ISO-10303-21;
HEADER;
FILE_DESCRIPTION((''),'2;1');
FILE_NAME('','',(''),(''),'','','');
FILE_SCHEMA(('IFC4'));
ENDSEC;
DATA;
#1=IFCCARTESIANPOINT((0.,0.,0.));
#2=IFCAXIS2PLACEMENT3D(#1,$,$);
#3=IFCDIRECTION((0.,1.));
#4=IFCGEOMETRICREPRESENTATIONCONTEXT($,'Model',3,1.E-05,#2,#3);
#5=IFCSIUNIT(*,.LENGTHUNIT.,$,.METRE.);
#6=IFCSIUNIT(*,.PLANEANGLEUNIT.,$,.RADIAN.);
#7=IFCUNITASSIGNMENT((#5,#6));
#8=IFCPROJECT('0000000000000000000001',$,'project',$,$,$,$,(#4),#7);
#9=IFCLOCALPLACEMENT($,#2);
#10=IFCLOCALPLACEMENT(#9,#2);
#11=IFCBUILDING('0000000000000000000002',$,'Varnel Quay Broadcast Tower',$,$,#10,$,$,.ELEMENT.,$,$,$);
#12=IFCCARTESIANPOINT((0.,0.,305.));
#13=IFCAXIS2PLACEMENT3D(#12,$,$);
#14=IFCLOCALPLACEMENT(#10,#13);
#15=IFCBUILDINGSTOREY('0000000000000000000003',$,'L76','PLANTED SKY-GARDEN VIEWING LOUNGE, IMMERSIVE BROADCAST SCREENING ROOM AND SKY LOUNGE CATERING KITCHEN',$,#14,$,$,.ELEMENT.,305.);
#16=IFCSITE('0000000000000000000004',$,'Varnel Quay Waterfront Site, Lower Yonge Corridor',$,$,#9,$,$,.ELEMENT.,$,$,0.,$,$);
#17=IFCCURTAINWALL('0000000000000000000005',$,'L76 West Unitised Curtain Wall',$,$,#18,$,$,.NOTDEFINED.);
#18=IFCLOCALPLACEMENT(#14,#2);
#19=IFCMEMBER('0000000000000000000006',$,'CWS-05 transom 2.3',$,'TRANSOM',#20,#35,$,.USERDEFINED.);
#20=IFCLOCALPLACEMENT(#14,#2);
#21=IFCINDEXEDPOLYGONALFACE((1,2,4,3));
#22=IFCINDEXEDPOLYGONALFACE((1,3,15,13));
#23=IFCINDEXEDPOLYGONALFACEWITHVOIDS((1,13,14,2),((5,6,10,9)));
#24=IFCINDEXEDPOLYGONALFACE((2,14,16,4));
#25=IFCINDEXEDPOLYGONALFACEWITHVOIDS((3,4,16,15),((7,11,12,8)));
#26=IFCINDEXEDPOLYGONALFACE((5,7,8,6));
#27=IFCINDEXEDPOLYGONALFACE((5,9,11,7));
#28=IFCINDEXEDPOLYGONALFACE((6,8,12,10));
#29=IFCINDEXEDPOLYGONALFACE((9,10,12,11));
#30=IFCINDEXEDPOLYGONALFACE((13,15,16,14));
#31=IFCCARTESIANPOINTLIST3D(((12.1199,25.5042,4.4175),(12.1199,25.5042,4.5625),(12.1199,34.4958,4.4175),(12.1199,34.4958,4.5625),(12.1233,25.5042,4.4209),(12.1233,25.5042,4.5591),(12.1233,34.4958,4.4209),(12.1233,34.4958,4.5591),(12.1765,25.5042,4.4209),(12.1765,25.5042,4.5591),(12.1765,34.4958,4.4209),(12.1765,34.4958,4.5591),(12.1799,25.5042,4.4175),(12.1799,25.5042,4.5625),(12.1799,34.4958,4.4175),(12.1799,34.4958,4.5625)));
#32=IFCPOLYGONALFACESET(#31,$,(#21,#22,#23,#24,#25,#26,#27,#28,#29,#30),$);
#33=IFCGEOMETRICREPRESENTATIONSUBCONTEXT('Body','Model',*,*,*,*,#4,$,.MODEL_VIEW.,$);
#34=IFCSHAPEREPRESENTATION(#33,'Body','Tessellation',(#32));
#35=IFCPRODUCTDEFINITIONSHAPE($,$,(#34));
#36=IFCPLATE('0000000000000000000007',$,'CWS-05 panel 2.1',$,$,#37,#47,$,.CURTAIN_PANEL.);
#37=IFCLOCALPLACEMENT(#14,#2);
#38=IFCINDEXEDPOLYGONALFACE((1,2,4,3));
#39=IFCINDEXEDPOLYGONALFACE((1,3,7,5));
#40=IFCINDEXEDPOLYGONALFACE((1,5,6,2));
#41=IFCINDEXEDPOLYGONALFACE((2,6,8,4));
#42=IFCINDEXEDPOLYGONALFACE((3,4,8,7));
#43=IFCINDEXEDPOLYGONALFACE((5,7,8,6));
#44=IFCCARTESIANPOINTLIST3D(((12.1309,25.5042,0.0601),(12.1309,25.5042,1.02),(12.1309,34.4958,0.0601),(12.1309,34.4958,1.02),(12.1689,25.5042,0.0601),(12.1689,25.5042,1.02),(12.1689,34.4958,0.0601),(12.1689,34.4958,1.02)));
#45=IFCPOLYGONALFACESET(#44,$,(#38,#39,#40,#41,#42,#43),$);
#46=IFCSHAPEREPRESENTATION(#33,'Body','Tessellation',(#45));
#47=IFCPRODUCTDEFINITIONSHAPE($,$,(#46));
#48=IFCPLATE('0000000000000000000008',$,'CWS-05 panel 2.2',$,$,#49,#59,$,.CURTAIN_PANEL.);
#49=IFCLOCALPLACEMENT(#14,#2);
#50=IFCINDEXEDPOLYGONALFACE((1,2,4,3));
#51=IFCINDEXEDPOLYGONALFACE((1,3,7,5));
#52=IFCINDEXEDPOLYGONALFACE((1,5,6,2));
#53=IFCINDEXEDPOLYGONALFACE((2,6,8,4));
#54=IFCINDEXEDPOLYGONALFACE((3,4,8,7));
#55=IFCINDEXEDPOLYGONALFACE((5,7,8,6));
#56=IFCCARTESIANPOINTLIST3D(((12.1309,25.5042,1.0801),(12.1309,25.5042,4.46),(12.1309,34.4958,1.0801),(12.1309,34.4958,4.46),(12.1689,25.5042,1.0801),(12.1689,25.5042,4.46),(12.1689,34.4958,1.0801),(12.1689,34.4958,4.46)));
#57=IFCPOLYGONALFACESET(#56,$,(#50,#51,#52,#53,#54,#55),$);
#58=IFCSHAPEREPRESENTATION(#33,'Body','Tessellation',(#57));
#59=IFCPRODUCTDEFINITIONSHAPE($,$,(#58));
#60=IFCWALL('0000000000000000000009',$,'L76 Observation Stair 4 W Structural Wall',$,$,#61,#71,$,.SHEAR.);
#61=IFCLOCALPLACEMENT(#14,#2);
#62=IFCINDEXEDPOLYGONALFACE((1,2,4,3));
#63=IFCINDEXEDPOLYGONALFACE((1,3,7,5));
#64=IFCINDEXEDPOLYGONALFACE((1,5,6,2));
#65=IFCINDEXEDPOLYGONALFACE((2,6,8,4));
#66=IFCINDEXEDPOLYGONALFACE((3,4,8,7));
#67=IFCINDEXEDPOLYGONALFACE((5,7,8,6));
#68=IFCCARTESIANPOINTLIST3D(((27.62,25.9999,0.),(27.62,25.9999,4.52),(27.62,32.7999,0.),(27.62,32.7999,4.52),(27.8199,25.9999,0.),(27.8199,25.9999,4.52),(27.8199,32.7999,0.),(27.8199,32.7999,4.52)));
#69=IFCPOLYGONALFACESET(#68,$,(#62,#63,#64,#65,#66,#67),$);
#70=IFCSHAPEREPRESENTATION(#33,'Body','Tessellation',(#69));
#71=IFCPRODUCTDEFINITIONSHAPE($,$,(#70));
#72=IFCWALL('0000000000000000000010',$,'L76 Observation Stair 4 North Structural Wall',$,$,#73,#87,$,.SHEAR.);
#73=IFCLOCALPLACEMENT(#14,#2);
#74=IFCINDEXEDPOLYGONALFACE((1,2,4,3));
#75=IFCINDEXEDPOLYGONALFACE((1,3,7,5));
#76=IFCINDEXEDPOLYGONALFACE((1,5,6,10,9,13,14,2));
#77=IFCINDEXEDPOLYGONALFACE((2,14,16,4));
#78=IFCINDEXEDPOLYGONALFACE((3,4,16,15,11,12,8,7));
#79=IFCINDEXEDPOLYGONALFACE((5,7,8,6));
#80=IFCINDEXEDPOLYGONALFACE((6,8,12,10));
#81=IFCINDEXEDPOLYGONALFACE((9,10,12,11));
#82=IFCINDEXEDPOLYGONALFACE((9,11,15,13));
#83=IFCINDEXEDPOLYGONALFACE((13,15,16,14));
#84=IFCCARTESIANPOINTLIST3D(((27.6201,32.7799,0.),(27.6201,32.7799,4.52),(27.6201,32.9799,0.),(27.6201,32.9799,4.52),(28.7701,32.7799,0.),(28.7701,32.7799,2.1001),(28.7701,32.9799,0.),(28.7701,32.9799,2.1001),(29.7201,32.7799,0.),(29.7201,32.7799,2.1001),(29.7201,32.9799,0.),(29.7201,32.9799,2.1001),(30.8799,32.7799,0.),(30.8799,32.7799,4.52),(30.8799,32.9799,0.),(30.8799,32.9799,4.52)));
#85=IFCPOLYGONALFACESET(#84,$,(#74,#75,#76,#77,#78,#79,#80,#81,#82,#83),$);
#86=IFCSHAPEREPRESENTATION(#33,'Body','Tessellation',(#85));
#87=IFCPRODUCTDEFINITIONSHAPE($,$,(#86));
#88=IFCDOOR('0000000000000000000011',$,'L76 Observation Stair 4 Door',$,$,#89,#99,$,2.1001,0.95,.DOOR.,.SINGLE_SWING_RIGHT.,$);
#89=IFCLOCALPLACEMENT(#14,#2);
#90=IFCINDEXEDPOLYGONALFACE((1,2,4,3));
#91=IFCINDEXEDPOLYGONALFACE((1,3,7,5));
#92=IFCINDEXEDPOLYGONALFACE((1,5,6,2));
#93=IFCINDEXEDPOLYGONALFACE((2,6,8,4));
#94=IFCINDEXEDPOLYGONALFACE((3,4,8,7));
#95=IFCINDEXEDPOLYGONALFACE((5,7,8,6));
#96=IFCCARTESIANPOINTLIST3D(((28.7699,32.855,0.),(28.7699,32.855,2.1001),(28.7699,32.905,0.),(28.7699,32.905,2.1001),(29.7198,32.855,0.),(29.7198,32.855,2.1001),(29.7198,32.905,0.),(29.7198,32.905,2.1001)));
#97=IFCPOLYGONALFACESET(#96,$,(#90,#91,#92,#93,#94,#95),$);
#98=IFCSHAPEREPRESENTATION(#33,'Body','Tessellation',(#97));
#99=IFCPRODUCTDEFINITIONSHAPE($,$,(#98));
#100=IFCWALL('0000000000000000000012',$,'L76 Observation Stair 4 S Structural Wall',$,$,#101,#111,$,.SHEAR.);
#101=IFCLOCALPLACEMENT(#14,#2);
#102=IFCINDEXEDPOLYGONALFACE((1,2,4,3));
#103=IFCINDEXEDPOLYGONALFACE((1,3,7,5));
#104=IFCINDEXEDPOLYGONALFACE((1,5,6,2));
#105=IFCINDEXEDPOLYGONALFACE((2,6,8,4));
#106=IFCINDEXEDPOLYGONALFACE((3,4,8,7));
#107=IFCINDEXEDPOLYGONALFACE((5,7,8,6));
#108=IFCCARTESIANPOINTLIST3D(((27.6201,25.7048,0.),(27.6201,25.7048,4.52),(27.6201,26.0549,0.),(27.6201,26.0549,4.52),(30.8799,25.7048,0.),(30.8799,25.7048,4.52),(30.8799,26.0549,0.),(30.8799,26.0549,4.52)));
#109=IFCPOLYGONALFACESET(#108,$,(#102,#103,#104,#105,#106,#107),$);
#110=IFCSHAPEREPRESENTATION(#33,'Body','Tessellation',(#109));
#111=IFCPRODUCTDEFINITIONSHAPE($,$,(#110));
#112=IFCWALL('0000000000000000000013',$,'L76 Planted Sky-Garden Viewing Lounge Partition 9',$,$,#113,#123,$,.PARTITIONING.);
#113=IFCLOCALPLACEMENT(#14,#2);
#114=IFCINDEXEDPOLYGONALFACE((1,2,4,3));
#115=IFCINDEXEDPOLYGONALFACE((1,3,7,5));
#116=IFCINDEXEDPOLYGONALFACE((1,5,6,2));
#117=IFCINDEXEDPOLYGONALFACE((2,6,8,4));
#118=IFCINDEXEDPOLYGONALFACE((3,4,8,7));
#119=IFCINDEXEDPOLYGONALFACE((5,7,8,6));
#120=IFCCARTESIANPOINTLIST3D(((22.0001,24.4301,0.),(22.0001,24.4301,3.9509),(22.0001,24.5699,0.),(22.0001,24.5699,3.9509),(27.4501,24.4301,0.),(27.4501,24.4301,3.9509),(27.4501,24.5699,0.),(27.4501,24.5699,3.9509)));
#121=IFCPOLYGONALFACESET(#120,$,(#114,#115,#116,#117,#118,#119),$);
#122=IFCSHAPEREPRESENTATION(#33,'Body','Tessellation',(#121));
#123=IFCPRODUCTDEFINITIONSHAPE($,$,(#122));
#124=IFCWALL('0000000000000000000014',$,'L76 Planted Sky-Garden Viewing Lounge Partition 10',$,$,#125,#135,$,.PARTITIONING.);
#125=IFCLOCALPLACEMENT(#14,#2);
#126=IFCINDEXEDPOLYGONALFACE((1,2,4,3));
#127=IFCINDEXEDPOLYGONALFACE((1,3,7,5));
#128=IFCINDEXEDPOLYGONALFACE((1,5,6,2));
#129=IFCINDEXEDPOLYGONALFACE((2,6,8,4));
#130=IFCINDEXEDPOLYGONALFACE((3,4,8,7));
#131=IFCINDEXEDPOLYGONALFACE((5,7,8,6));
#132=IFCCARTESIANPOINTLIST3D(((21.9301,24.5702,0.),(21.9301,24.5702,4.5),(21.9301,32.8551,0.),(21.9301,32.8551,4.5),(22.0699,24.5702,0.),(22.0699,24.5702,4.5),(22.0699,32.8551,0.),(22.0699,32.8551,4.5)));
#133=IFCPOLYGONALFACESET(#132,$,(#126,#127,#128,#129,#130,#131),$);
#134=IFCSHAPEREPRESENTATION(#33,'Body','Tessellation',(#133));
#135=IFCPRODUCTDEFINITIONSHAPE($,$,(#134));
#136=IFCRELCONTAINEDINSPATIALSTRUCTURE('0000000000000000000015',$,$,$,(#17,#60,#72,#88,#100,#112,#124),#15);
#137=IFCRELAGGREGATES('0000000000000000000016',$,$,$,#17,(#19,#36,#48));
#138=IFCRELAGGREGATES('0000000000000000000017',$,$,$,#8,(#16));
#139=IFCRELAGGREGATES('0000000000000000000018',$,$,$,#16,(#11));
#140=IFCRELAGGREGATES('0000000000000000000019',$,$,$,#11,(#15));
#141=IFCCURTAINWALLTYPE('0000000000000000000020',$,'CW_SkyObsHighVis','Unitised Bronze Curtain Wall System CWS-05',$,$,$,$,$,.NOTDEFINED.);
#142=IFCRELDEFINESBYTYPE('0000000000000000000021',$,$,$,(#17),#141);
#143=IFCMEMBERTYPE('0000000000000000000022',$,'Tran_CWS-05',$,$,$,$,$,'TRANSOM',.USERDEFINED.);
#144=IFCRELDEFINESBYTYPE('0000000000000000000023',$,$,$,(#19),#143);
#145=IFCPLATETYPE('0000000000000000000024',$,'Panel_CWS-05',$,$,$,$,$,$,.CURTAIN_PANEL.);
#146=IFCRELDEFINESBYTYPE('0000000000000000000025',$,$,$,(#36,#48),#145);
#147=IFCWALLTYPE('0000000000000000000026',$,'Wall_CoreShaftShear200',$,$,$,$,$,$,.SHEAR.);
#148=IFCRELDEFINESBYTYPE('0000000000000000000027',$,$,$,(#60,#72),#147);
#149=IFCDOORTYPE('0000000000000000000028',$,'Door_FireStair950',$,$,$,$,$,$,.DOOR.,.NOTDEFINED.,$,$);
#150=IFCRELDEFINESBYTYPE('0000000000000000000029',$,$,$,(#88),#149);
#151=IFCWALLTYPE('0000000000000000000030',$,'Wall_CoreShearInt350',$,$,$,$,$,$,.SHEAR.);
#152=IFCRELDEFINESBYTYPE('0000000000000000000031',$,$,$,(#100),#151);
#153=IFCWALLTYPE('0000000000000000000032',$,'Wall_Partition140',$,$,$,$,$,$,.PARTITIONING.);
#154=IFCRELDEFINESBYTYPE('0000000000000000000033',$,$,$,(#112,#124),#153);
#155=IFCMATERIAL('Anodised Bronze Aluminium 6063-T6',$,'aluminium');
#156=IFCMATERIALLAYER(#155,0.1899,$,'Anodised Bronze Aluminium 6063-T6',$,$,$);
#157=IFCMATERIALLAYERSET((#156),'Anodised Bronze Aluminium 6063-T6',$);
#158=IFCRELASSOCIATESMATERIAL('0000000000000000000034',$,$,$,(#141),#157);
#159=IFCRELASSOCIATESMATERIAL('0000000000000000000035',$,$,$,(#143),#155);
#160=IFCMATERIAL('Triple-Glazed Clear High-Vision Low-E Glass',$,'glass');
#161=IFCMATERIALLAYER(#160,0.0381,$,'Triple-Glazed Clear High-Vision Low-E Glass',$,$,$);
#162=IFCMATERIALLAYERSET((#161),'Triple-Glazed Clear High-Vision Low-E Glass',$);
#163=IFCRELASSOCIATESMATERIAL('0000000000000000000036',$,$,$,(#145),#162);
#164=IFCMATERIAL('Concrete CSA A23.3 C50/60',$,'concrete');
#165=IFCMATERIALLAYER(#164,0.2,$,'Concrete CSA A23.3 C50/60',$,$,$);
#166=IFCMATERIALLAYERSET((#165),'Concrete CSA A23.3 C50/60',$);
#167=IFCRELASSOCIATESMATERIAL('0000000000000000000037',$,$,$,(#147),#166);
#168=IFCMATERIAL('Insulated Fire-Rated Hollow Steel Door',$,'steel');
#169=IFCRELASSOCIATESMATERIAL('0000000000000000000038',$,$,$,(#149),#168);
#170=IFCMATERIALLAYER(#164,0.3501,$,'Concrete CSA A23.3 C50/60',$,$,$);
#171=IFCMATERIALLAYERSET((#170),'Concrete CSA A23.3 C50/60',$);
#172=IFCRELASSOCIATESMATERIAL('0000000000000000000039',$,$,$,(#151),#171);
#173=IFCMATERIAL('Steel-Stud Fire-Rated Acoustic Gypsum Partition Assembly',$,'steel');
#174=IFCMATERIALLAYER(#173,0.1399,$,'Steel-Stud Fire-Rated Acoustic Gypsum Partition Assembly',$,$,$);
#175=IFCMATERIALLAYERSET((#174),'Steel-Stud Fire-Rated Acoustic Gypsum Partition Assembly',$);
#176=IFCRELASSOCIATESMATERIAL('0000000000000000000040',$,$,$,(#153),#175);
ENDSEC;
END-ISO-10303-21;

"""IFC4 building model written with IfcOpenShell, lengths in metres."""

from ifc_helpers import new_model, si_unit, direction, frame, frame_2d, origin, origin_2d, place, context, subcontext, project, spatial, rectangle, hollow_rectangle, extrude, source, transform, mapped, material, layer, layer_set, material_profile, profile_set, type_object, type_shapes, element, fill, aggregate, save


model = new_model("IFC4")

# Units and contexts
model_context = context("Model", 3, precision=1e-05, world=origin(), true_north=direction((0.0, 1.0)))
body_context = subcontext(model_context, "Body", "Model", "MODEL_VIEW")
ifc_project = project(units=[si_unit("LENGTHUNIT", "METRE"), si_unit("PLANEANGLEUNIT", "RADIAN")], contexts=[model_context])

# Site, building, storey
site_placement = place(None, origin())
site = spatial("IfcSite", under=ifc_project, at=site_placement, Name="Varnel Quay Waterfront Site, Lower Yonge Corridor", CompositionType="ELEMENT", RefElevation=0.0)
building_placement = place(site_placement, origin())
building = spatial("IfcBuilding", under=site, at=building_placement, Name="Varnel Quay Broadcast Tower", CompositionType="ELEMENT")
storey_placement = place(building_placement, frame((0.0, 0.0, 305.0)))
storey = spatial("IfcBuildingStorey", under=building, at=storey_placement, Name="L76", Description="PLANTED SKY-GARDEN VIEWING LOUNGE, IMMERSIVE BROADCAST SCREENING ROOM AND SKY LOUNGE CATERING KITCHEN", CompositionType="ELEMENT", Elevation=305.0)

# Curtain wall, member, plates
ifc_material_1 = material(Name="Anodised Bronze Aluminium 6063-T6", Category="aluminium")
ifc_layer_1 = layer(ifc_material_1, 0.1899, Name="Anodised Bronze Aluminium 6063-T6")
ifc_layer_set_1 = layer_set([ifc_layer_1], Name="Anodised Bronze Aluminium 6063-T6")
curtain_wall_type = type_object("IfcCurtainWallType", Name="CW_SkyObsHighVis", Description="Unitised Bronze Curtain Wall System CWS-05", PredefinedType="NOTDEFINED", material=ifc_layer_set_1)
curtain_wall_placement = place(storey_placement, origin())
curtain_wall = element("IfcCurtainWall", 1, at=curtain_wall_placement, inside=storey, type_object=curtain_wall_type, Name="L76 West Unitised Curtain Wall", PredefinedType="NOTDEFINED")
ifc_material_profile_1 = material_profile(ifc_material_1, hollow_rectangle(XDim=0.0601, YDim=0.145, WallThickness=0.0034, at=origin_2d()), Name="ALU60X145X3.5")
ifc_profile_set_1 = profile_set([ifc_material_profile_1], Name="Anodised Bronze Aluminium 6063-T6")
member_type_1 = type_object("IfcMemberType", Name="Tran_CWS-05", ElementType="TRANSOM", PredefinedType="USERDEFINED", material=ifc_profile_set_1)
shared_shape_1 = source(origin(), body_context, "Body", "SweptSolid", [
    extrude(hollow_rectangle(XDim=0.0601, YDim=0.145, WallThickness=0.0034, at=origin_2d()), origin(), (0.0, 0.0, 1.0), 8.9917),
])
member_1_placement = place(storey_placement, frame((12.1499, 25.5042, 4.49), z_axis=(0.0, 1.0, 0.0), x_axis=(-1.0, 0.0, 0.0)))
member_1 = element("IfcMember", 2, at=member_1_placement, type_object=member_type_1, Name="CWS-05 transom 2.3", ObjectType="TRANSOM", PredefinedType="USERDEFINED", context=body_context, shape_type="MappedRepresentation", body=[
    mapped(shared_shape_1, transform((0.0, 0.0, 0.0), x_axis=(1.0, 0.0, 0.0), y_axis=(0.0, 1.0, 0.0), z_axis=(0.0, 0.0, 1.0), scale=1.0)),
])
ifc_material_2 = material(Name="Triple-Glazed Clear High-Vision Low-E Glass", Category="glass")
ifc_layer_2 = layer(ifc_material_2, 0.0381, Name="Triple-Glazed Clear High-Vision Low-E Glass")
ifc_layer_set_2 = layer_set([ifc_layer_2], Name="Triple-Glazed Clear High-Vision Low-E Glass")
plate_type = type_object("IfcPlateType", Name="Panel_CWS-05", PredefinedType="CURTAIN_PANEL", material=ifc_layer_set_2)
shared_shape_2 = source(origin(), body_context, "Body", "SweptSolid", [
    extrude(rectangle(XDim=8.9917, YDim=0.0381, at=origin_2d()), origin(), (0.0, 0.0, 1.0), 0.96),
])
plate_1_placement = place(storey_placement, frame((12.1499, 30.0, 0.0601), z_axis=(0.0, 0.0, 1.0), x_axis=(0.0, 1.0, 0.0)))
plate_1 = element("IfcPlate", 3, at=plate_1_placement, type_object=plate_type, Name="CWS-05 panel 2.1", PredefinedType="CURTAIN_PANEL", context=body_context, shape_type="MappedRepresentation", body=[
    mapped(shared_shape_2, transform((0.0, 0.0, 0.0), x_axis=(1.0, 0.0, 0.0), y_axis=(0.0, 1.0, 0.0), z_axis=(0.0, 0.0, 1.0), scale=1.0)),
])
shared_shape_3 = source(origin(), body_context, "Body", "SweptSolid", [
    extrude(rectangle(XDim=8.9917, YDim=0.0381, at=origin_2d()), origin(), (0.0, 0.0, 1.0), 3.3799),
])
type_shapes(plate_type, [shared_shape_2, shared_shape_3])
plate_2_placement = place(storey_placement, frame((12.1499, 30.0, 1.0801), z_axis=(0.0, 0.0, 1.0), x_axis=(0.0, 1.0, 0.0)))
plate_2 = element("IfcPlate", 4, at=plate_2_placement, type_object=plate_type, Name="CWS-05 panel 2.2", PredefinedType="CURTAIN_PANEL", context=body_context, shape_type="MappedRepresentation", body=[
    mapped(shared_shape_3, transform((0.0, 0.0, 0.0), x_axis=(1.0, 0.0, 0.0), y_axis=(0.0, 1.0, 0.0), z_axis=(0.0, 0.0, 1.0), scale=1.0)),
])
aggregate(curtain_wall, [member_1, plate_1, plate_2])

# Wall
ifc_material_3 = material(Name="Concrete CSA A23.3 C50/60", Category="concrete")
ifc_layer_3 = layer(ifc_material_3, 0.2, Name="Concrete CSA A23.3 C50/60")
ifc_layer_set_3 = layer_set([ifc_layer_3], Name="Concrete CSA A23.3 C50/60")
wall_type_1 = type_object("IfcWallType", Name="Wall_CoreShaftShear200", PredefinedType="SHEAR", material=ifc_layer_set_3)
wall_1_placement = place(storey_placement, frame((27.72, 26.0, 0.0), z_axis=(0.0, 0.0, 1.0), x_axis=(0.0, 1.0, 0.0)))
element("IfcWall", 5, at=wall_1_placement, inside=storey, type_object=wall_type_1, Name="L76 Observation Stair 4 W Structural Wall", PredefinedType="SHEAR", context=body_context, shape_type="SweptSolid", body=[
    extrude(rectangle(XDim=6.8, YDim=0.2, at=frame_2d((3.3999, 0.0))), origin(), (0.0, 0.0, 1.0), 4.52),
])

# Wall, opening, door
wall_2_placement = place(storey_placement, frame((27.6201, 32.8799, 0.0), z_axis=(0.0, 0.0, 1.0), x_axis=(1.0, 0.0, 0.0)))
wall_2 = element("IfcWall", 6, at=wall_2_placement, inside=storey, type_object=wall_type_1, Name="L76 Observation Stair 4 North Structural Wall", PredefinedType="SHEAR", context=body_context, shape_type="SweptSolid", body=[
    extrude(rectangle(XDim=3.2598, YDim=0.2, at=frame_2d((1.6299, 0.0))), origin(), (0.0, 0.0, 1.0), 4.52),
])
opening_1_placement = place(wall_2_placement, frame((1.1499, 0.0, 0.0)))
opening_1 = element("IfcOpeningElement", 7, at=opening_1_placement, cuts=wall_2, PredefinedType="OPENING", context=body_context, shape_type="SweptSolid", body=[
    extrude(rectangle(XDim=0.95, YDim=2.1001, at=frame_2d((0.4751, 1.05))), frame((0.0, 0.1099, 0.0), z_axis=(0.0, -1.0, 0.0), x_axis=(1.0, 0.0, 0.0)), (0.0, 0.0, 1.0), 0.22),
])
ifc_material_4 = material(Name="Insulated Fire-Rated Hollow Steel Door", Category="steel")
door_type_1 = type_object("IfcDoorType", Name="Door_FireStair950", OperationType="NOTDEFINED", PredefinedType="DOOR", material=ifc_material_4)
shared_shape_4 = source(origin(), body_context, "Body", "SweptSolid", [
    extrude(rectangle(XDim=0.95, YDim=2.1001, at=frame_2d((0.4751, 1.05))), frame((0.0, 0.0249, 0.0), z_axis=(0.0, -1.0, 0.0), x_axis=(1.0, 0.0, 0.0)), (0.0, 0.0, 1.0), 0.05),
])
type_shapes(door_type_1, [shared_shape_4])
door_1_placement = place(opening_1_placement, frame((0.95, 0.0, 0.0), z_axis=(0.0, 0.0, 1.0), x_axis=(-1.0, 0.0, 0.0)))
door_1 = element("IfcDoor", 8, at=door_1_placement, inside=storey, type_object=door_type_1, Name="L76 Observation Stair 4 Door", OperationType="SINGLE_SWING_RIGHT", OverallHeight=2.1001, OverallWidth=0.95, PredefinedType="DOOR", context=body_context, shape_type="MappedRepresentation", body=[
    mapped(shared_shape_4, transform((0.0, 0.0, 0.0), x_axis=(1.0, 0.0, 0.0), y_axis=(0.0, 1.0, 0.0), z_axis=(0.0, 0.0, 1.0), scale=1.0)),
])
fill(opening_1, door_1)

# Walls
ifc_layer_4 = layer(ifc_material_3, 0.3501, Name="Concrete CSA A23.3 C50/60")
ifc_layer_set_4 = layer_set([ifc_layer_4], Name="Concrete CSA A23.3 C50/60")
wall_type_2 = type_object("IfcWallType", Name="Wall_CoreShearInt350", PredefinedType="SHEAR", material=ifc_layer_set_4)
wall_3_placement = place(storey_placement, frame((27.6201, 25.8799, 0.0), z_axis=(0.0, 0.0, 1.0), x_axis=(1.0, 0.0, 0.0)))
element("IfcWall", 9, at=wall_3_placement, inside=storey, type_object=wall_type_2, Name="L76 Observation Stair 4 S Structural Wall", PredefinedType="SHEAR", context=body_context, shape_type="SweptSolid", body=[
    extrude(rectangle(XDim=3.2598, YDim=0.3501, at=frame_2d((1.6299, 0.0))), origin(), (0.0, 0.0, 1.0), 4.52),
])
ifc_material_5 = material(Name="Steel-Stud Fire-Rated Acoustic Gypsum Partition Assembly", Category="steel")
ifc_layer_5 = layer(ifc_material_5, 0.1399, Name="Steel-Stud Fire-Rated Acoustic Gypsum Partition Assembly")
ifc_layer_set_5 = layer_set([ifc_layer_5], Name="Steel-Stud Fire-Rated Acoustic Gypsum Partition Assembly")
wall_type_3 = type_object("IfcWallType", Name="Wall_Partition140", PredefinedType="PARTITIONING", material=ifc_layer_set_5)
wall_4_placement = place(storey_placement, frame((22.0, 24.5, 0.0), z_axis=(0.0, 0.0, 1.0), x_axis=(1.0, 0.0, 0.0)))
element("IfcWall", 10, at=wall_4_placement, inside=storey, type_object=wall_type_3, Name="L76 Planted Sky-Garden Viewing Lounge Partition 9", PredefinedType="PARTITIONING", context=body_context, shape_type="SweptSolid", body=[
    extrude(rectangle(XDim=5.45, YDim=0.1399, at=frame_2d((2.7251, 0.0))), origin(), (0.0, 0.0, 1.0), 3.9509),
])
wall_5_placement = place(storey_placement, frame((22.0, 24.5701, 0.0), z_axis=(0.0, 0.0, 1.0), x_axis=(0.0, 1.0, 0.0)))
element("IfcWall", 11, at=wall_5_placement, inside=storey, type_object=wall_type_3, Name="L76 Planted Sky-Garden Viewing Lounge Partition 10", PredefinedType="PARTITIONING", context=body_context, shape_type="SweptSolid", body=[
    extrude(rectangle(XDim=8.2849, YDim=0.1399, at=frame_2d((4.1426, 0.0))), origin(), (0.0, 0.0, 1.0), 4.5),
])

save(model, "model.ifc")
